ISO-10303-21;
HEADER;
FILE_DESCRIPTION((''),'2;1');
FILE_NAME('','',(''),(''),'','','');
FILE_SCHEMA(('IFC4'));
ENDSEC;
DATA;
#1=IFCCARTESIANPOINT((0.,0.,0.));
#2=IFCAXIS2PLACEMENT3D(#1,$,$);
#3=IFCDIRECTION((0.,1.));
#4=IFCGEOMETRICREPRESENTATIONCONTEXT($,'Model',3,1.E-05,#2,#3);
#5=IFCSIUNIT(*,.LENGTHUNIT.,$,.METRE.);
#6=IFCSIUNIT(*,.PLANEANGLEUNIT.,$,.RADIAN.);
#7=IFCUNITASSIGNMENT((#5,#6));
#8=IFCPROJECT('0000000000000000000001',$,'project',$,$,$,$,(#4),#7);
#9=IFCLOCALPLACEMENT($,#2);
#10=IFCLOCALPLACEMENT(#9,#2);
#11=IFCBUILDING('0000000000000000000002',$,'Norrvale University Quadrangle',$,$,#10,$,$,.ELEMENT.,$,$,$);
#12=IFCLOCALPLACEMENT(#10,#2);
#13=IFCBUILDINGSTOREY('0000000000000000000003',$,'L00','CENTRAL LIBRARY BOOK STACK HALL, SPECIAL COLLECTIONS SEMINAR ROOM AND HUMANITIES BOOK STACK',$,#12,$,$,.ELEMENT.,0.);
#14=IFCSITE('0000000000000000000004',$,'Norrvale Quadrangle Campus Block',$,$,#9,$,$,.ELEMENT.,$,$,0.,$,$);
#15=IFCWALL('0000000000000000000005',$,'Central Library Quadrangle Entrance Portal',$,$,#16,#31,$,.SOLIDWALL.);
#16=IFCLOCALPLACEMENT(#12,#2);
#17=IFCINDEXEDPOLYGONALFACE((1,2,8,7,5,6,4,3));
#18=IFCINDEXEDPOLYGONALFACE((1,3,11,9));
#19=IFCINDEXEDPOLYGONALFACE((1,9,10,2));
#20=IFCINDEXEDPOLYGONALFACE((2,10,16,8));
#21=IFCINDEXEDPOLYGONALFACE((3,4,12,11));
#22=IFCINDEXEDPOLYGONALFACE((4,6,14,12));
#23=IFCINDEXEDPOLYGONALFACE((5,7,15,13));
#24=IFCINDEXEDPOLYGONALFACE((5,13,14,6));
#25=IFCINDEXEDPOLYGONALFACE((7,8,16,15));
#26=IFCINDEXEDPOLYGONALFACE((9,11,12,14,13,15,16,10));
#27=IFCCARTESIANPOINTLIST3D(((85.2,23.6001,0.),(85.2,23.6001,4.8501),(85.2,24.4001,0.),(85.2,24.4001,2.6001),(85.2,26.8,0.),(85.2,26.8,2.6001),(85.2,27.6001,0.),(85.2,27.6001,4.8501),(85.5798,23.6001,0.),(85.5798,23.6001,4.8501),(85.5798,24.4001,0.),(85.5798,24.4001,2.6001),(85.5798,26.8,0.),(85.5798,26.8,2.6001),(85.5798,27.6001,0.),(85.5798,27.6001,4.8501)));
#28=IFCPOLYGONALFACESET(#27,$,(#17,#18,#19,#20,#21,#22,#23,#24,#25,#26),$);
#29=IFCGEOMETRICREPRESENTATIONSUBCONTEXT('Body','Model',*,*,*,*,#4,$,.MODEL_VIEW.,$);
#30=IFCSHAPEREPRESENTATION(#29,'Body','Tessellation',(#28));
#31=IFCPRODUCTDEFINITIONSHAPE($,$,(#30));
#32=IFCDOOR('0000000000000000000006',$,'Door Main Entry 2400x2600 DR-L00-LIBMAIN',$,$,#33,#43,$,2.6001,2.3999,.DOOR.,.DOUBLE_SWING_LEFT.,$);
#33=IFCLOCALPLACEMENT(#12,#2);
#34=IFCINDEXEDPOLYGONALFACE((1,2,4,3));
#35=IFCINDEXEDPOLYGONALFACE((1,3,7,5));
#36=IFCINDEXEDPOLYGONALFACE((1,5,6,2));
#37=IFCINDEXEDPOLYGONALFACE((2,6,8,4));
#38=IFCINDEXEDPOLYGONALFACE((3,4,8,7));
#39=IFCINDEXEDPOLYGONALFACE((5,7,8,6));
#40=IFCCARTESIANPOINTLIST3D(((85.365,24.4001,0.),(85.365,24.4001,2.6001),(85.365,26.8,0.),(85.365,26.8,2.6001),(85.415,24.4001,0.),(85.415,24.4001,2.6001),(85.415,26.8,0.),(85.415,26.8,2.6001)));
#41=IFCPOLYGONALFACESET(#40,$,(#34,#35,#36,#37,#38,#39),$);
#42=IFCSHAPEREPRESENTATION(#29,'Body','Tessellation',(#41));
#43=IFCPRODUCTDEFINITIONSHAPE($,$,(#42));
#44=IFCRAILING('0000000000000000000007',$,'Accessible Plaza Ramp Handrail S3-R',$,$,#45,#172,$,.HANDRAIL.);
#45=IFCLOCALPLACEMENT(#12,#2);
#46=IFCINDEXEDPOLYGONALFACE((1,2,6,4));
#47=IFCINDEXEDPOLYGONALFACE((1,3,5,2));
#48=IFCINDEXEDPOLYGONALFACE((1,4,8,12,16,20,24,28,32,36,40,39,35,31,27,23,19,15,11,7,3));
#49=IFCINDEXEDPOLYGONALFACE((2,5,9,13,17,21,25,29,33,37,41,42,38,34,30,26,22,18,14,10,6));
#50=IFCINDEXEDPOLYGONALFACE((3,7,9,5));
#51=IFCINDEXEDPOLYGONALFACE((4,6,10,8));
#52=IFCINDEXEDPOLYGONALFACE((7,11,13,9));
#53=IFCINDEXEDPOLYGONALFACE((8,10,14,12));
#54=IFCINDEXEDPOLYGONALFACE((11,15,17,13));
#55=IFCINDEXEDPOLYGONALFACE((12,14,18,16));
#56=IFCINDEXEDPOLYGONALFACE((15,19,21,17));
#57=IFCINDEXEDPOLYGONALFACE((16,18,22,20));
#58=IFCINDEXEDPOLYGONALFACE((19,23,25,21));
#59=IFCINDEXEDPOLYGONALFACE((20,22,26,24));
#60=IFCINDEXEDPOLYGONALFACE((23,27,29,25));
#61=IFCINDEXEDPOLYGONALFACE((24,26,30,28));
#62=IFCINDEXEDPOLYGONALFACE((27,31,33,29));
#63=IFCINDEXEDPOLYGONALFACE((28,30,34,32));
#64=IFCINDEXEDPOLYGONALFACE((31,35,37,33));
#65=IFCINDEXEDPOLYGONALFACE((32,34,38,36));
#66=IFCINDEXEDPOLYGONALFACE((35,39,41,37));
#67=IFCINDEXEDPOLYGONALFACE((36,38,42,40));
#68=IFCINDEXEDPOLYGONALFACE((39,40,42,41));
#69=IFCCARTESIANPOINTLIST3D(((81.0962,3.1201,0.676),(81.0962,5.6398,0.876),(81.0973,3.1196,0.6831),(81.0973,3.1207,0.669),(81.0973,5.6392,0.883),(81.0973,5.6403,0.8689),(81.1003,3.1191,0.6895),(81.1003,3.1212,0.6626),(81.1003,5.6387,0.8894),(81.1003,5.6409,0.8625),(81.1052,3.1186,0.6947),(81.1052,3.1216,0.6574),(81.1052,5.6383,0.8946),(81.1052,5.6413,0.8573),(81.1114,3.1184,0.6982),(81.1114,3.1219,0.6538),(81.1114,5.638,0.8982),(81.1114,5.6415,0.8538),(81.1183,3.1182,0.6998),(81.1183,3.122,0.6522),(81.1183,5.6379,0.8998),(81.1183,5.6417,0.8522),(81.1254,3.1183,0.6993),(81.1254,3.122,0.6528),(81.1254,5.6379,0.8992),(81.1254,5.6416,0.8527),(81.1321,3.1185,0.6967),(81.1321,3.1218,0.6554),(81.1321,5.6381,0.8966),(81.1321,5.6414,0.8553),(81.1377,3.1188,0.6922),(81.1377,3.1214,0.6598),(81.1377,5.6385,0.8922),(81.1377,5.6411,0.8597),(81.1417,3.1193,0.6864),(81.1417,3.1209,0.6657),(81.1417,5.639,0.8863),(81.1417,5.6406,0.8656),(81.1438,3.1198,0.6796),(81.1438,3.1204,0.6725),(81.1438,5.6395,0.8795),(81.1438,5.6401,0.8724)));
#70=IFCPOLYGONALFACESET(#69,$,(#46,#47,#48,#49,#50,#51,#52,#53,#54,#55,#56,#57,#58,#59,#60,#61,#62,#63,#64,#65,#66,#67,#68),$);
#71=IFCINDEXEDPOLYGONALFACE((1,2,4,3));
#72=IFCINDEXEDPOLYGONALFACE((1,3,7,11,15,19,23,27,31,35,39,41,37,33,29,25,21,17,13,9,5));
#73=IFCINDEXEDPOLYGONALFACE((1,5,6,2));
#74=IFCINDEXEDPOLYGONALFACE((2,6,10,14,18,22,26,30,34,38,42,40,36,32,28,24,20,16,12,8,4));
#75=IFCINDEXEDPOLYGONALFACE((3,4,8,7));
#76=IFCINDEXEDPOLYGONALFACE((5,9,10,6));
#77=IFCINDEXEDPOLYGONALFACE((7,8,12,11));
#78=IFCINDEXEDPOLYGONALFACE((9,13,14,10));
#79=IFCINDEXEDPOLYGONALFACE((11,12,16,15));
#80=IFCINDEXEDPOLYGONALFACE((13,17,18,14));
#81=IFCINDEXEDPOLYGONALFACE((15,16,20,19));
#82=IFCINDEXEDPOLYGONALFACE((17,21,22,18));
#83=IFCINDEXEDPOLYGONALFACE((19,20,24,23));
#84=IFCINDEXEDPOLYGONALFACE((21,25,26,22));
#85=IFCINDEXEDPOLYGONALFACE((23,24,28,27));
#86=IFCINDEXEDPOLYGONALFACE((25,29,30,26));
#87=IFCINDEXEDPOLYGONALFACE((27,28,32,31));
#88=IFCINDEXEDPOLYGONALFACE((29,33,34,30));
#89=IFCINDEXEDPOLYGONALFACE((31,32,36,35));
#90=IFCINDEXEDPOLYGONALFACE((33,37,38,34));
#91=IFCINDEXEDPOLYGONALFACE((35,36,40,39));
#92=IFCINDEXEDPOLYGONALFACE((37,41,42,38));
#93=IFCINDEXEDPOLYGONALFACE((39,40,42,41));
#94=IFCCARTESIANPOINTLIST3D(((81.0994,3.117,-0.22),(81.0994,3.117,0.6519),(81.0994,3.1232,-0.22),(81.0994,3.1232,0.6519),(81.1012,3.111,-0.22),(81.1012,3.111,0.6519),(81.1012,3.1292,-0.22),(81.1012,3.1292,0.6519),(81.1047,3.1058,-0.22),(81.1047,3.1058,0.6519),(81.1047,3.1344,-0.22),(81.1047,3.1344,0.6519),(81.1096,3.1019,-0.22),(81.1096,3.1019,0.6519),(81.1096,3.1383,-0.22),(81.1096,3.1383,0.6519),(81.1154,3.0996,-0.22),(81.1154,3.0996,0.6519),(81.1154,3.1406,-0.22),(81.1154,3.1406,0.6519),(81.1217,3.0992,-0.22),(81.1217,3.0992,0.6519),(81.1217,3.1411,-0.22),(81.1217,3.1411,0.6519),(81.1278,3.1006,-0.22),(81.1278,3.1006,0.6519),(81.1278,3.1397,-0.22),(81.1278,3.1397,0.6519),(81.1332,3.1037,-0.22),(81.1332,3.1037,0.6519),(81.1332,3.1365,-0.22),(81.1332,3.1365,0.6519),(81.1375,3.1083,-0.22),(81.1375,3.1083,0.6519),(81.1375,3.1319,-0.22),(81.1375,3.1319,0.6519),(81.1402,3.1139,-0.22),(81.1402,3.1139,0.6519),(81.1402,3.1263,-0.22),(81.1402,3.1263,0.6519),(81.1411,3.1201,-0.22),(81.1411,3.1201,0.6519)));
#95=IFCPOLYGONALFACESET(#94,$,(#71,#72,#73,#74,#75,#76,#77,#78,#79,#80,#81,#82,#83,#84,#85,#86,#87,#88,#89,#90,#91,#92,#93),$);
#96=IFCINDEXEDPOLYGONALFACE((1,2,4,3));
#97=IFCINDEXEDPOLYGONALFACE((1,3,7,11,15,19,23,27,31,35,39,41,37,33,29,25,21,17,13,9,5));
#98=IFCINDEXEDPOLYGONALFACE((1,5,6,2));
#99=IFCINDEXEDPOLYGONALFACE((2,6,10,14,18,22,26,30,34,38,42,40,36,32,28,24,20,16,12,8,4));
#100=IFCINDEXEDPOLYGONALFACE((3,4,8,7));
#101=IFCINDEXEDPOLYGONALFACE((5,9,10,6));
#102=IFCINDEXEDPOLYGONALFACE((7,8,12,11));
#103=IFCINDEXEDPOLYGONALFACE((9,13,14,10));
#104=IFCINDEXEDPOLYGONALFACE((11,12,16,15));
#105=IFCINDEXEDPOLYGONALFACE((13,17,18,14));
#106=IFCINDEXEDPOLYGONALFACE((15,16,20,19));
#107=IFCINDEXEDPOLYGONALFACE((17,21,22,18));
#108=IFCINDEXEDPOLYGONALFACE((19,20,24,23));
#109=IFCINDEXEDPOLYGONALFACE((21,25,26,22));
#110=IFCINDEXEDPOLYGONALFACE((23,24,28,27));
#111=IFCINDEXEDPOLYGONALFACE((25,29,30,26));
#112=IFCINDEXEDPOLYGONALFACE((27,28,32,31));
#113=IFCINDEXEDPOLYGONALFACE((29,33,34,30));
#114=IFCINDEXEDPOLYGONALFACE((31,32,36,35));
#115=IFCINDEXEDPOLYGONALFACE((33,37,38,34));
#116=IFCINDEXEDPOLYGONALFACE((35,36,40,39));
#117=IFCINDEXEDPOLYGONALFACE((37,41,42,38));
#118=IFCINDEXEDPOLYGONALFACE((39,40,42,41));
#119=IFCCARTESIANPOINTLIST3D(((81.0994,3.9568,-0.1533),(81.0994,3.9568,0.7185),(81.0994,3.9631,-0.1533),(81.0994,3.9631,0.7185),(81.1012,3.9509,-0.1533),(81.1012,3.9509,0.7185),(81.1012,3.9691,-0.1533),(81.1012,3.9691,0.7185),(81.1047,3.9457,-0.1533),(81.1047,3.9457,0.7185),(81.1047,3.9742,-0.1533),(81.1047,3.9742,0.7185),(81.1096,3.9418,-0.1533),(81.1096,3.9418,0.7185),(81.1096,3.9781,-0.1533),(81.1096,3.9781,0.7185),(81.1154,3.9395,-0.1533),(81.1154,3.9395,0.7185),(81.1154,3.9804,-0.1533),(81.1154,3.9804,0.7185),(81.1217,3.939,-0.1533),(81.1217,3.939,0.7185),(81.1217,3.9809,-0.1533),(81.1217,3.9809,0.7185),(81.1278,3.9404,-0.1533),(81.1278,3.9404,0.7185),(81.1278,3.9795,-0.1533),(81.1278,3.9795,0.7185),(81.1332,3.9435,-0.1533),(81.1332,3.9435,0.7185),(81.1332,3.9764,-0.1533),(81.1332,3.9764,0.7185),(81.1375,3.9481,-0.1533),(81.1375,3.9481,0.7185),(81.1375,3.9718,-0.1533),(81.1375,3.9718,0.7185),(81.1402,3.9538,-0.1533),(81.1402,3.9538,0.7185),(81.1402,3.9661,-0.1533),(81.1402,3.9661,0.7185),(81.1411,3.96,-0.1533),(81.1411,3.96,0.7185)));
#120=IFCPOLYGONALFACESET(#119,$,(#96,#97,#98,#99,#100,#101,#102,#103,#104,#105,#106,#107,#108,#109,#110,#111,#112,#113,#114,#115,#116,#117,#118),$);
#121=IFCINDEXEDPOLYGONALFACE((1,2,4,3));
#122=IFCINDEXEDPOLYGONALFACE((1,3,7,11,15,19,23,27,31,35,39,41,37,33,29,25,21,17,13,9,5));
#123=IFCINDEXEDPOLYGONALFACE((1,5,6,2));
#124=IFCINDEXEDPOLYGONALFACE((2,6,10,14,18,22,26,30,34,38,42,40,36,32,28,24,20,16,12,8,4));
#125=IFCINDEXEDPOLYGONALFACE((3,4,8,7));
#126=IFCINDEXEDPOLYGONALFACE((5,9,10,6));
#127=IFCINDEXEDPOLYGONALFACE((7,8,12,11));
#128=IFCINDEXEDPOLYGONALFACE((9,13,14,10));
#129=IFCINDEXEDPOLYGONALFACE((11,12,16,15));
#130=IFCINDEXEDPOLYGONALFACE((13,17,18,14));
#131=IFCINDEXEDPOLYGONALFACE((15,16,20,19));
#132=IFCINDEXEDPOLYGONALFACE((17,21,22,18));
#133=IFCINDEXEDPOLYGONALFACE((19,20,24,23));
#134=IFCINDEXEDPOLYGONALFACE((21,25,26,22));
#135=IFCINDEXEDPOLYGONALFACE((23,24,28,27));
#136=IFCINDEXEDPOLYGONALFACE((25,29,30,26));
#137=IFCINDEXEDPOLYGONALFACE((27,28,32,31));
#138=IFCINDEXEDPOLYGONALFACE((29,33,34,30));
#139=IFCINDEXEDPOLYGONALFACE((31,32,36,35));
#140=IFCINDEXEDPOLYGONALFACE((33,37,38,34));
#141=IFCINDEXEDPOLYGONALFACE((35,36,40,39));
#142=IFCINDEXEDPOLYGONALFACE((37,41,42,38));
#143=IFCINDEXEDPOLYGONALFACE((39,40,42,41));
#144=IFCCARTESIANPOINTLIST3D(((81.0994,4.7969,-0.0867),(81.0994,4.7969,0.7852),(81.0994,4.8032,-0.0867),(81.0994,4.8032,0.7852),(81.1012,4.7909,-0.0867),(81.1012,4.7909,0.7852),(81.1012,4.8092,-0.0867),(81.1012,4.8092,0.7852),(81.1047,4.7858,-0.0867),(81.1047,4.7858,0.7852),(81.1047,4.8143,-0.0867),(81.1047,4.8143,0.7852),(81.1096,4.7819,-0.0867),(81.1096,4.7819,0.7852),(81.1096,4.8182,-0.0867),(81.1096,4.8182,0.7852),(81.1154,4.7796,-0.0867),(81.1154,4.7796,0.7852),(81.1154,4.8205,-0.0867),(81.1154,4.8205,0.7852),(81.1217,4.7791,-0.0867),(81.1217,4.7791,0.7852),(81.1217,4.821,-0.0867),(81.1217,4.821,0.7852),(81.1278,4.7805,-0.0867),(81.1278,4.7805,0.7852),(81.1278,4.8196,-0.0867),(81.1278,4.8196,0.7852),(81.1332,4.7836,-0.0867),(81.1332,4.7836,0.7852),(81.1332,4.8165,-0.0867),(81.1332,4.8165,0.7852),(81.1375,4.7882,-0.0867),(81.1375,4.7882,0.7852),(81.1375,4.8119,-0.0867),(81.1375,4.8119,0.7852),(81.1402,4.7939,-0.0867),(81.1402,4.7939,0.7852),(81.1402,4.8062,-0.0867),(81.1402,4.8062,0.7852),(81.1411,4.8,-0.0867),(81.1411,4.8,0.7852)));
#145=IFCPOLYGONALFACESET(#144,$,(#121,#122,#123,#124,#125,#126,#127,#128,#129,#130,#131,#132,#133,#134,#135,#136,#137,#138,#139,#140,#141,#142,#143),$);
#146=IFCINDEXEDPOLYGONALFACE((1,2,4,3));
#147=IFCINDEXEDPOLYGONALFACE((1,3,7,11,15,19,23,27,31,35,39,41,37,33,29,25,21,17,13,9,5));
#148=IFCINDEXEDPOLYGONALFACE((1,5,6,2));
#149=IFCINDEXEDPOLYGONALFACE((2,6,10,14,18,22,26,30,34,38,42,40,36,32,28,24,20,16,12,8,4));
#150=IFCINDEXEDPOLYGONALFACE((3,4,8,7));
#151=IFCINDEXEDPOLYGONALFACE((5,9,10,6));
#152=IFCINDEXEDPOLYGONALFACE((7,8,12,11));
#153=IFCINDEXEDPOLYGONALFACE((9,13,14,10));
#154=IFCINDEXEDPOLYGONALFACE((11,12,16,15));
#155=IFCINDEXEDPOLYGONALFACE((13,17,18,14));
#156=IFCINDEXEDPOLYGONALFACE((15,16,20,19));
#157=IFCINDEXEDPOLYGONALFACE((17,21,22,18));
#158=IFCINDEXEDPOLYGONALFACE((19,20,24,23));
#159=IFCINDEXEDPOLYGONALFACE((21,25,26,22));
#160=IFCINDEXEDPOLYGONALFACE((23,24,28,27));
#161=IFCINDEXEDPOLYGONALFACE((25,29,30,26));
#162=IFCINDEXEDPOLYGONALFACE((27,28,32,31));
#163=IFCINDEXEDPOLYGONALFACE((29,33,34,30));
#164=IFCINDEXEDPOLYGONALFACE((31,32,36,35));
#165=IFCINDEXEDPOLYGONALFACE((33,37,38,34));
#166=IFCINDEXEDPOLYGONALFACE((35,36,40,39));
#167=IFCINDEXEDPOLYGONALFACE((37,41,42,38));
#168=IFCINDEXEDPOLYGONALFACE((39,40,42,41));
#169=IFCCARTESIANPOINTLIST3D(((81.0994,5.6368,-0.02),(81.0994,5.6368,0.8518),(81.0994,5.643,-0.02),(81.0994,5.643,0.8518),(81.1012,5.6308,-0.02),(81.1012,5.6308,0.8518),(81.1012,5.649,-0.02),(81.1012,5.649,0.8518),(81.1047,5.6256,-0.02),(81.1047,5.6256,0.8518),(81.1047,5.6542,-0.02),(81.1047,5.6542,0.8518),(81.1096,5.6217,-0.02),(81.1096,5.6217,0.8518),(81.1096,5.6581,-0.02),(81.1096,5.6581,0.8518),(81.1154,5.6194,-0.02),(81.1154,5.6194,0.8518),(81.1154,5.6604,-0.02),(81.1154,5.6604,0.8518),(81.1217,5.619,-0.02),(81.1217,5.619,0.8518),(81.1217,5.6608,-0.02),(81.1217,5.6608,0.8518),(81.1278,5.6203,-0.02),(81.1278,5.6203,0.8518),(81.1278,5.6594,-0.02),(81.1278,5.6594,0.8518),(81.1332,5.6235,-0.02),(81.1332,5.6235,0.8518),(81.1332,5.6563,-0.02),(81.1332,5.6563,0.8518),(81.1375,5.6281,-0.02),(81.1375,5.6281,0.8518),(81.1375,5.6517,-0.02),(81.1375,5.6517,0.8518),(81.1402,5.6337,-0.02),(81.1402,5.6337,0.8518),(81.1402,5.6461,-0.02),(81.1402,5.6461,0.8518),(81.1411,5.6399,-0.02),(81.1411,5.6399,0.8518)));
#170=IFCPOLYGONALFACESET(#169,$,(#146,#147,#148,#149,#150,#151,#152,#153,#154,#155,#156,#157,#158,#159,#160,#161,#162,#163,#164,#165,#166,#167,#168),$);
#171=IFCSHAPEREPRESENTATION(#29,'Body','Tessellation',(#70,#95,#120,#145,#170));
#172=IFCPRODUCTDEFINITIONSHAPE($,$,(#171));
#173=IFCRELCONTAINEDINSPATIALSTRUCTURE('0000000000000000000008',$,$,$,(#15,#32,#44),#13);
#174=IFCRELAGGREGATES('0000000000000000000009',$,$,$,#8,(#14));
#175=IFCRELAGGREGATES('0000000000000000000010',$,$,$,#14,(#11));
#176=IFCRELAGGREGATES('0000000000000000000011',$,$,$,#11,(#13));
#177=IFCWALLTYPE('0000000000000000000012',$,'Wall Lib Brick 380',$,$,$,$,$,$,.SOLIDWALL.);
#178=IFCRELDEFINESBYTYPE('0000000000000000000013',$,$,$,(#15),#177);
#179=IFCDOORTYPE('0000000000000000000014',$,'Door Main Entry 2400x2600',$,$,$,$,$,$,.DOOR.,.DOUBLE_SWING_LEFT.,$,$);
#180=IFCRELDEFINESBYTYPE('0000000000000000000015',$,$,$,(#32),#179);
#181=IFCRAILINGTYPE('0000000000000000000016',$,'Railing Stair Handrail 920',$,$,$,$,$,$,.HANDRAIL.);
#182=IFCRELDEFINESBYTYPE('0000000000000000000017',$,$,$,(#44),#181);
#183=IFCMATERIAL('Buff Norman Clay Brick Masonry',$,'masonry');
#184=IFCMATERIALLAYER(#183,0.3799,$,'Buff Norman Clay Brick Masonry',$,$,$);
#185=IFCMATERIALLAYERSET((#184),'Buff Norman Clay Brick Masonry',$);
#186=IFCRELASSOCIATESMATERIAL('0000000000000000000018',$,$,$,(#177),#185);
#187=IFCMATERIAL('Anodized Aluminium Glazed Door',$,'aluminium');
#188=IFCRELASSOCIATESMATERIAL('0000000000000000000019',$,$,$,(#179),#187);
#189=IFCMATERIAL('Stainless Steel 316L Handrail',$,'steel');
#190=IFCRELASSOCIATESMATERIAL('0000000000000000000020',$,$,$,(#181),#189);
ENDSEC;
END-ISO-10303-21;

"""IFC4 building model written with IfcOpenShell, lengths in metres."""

from ifc_helpers import new_model, si_unit, direction, frame, frame_2d, origin, origin_2d, place, context, subcontext, project, spatial, rectangle, circle, extrude, material, layer, layer_set, type_object, element, fill, save


model = new_model("IFC4")

# Units and contexts
model_context = context("Model", 3, precision=1e-05, world=origin(), true_north=direction((0.0, 1.0)))
body_context = subcontext(model_context, "Body", "Model", "MODEL_VIEW")
ifc_project = project(units=[si_unit("LENGTHUNIT", "METRE"), si_unit("PLANEANGLEUNIT", "RADIAN")], contexts=[model_context])

# Site, building, storey
site_placement = place(None, origin())
building_placement = place(site_placement, origin())
storey_placement = place(building_placement, origin())
site = spatial("IfcSite", under=ifc_project, at=site_placement, Name="Norrvale Quadrangle Campus Block", CompositionType="ELEMENT", RefElevation=0.0)
building = spatial("IfcBuilding", under=site, at=building_placement, Name="Norrvale University Quadrangle", CompositionType="ELEMENT")
storey = spatial("IfcBuildingStorey", under=building, at=storey_placement, Name="L00", Description="CENTRAL LIBRARY BOOK STACK HALL, SPECIAL COLLECTIONS SEMINAR ROOM AND HUMANITIES BOOK STACK", CompositionType="ELEMENT", Elevation=0.0)

# Wall, opening, door
ifc_material_1 = material(Name="Buff Norman Clay Brick Masonry", Category="masonry")
ifc_layer_1 = layer(ifc_material_1, 0.3799, Name="Buff Norman Clay Brick Masonry")
ifc_layer_set_1 = layer_set([ifc_layer_1], Name="Buff Norman Clay Brick Masonry")
wall_type = type_object("IfcWallType", Name="Wall Lib Brick 380", PredefinedType="SOLIDWALL", material=ifc_layer_set_1)
wall_placement = place(storey_placement, frame((85.3899, 23.6001, 0.0), z_axis=(0.0, 0.0, 1.0), x_axis=(0.0, 1.0, 0.0)))
wall = element("IfcWall", 1, at=wall_placement, inside=storey, type_object=wall_type, Name="Central Library Quadrangle Entrance Portal", PredefinedType="SOLIDWALL", context=body_context, shape_type="SweptSolid", body=[
    extrude(rectangle(XDim=4.0, YDim=0.3799, at=frame_2d((2.0, 0.0))), origin(), (0.0, 0.0, 1.0), 4.8501),
])
opening_placement = place(wall_placement, frame((0.8, 0.0, 0.0)))
opening = element("IfcOpeningElement", 2, at=opening_placement, cuts=wall, PredefinedType="OPENING", context=body_context, shape_type="SweptSolid", body=[
    extrude(rectangle(XDim=2.3999, YDim=2.6001, at=frame_2d((1.2, 1.3))), frame((0.0, 0.2019, 0.0), z_axis=(0.0, -1.0, 0.0), x_axis=(1.0, 0.0, 0.0)), (0.0, 0.0, 1.0), 0.4038),
])
ifc_material_2 = material(Name="Anodized Aluminium Glazed Door", Category="aluminium")
door_type = type_object("IfcDoorType", Name="Door Main Entry 2400x2600", OperationType="DOUBLE_SWING_LEFT", PredefinedType="DOOR", material=ifc_material_2)
door_placement = place(opening_placement, origin())
door = element("IfcDoor", 3, at=door_placement, inside=storey, type_object=door_type, Name="Door Main Entry 2400x2600 DR-L00-LIBMAIN", OperationType="DOUBLE_SWING_LEFT", OverallHeight=2.6001, OverallWidth=2.3999, PredefinedType="DOOR", context=body_context, shape_type="SweptSolid", body=[
    extrude(rectangle(XDim=2.3999, YDim=2.6001, at=frame_2d((1.2, 1.3))), frame((0.0, 0.0249, 0.0), z_axis=(0.0, -1.0, 0.0), x_axis=(1.0, 0.0, 0.0)), (0.0, 0.0, 1.0), 0.05),
])
fill(opening, door)

# Railing
ifc_material_3 = material(Name="Stainless Steel 316L Handrail", Category="steel")
railing_type = type_object("IfcRailingType", Name="Railing Stair Handrail 920", PredefinedType="HANDRAIL", material=ifc_material_3)
railing_placement = place(storey_placement, frame((81.1201, 3.1201, -0.22)))
element("IfcRailing", 4, at=railing_placement, inside=storey, type_object=railing_type, Name="Accessible Plaza Ramp Handrail S3-R", PredefinedType="HANDRAIL", context=body_context, shape_type="SweptSolid", body=[
    extrude(circle(Radius=0.0239, at=origin_2d()), frame((0.0, 0.0, 0.896), z_axis=(0.0, 0.996866, 0.079104), x_axis=(-1.0, 0.0, 0.0)), (0.0, 0.0, 1.0), 2.5276),
    extrude(circle(Radius=0.021, at=origin_2d()), origin(), (0.0, 0.0, 1.0), 0.8718),
    extrude(circle(Radius=0.021, at=origin_2d()), frame((0.0, 0.8398, 0.0667)), (0.0, 0.0, 1.0), 0.8718),
    extrude(circle(Radius=0.021, at=origin_2d()), frame((0.0, 1.6799, 0.1333)), (0.0, 0.0, 1.0), 0.8718),
    extrude(circle(Radius=0.021, at=origin_2d()), frame((0.0, 2.5198, 0.2)), (0.0, 0.0, 1.0), 0.8718),
])

save(model, "model.ifc")
